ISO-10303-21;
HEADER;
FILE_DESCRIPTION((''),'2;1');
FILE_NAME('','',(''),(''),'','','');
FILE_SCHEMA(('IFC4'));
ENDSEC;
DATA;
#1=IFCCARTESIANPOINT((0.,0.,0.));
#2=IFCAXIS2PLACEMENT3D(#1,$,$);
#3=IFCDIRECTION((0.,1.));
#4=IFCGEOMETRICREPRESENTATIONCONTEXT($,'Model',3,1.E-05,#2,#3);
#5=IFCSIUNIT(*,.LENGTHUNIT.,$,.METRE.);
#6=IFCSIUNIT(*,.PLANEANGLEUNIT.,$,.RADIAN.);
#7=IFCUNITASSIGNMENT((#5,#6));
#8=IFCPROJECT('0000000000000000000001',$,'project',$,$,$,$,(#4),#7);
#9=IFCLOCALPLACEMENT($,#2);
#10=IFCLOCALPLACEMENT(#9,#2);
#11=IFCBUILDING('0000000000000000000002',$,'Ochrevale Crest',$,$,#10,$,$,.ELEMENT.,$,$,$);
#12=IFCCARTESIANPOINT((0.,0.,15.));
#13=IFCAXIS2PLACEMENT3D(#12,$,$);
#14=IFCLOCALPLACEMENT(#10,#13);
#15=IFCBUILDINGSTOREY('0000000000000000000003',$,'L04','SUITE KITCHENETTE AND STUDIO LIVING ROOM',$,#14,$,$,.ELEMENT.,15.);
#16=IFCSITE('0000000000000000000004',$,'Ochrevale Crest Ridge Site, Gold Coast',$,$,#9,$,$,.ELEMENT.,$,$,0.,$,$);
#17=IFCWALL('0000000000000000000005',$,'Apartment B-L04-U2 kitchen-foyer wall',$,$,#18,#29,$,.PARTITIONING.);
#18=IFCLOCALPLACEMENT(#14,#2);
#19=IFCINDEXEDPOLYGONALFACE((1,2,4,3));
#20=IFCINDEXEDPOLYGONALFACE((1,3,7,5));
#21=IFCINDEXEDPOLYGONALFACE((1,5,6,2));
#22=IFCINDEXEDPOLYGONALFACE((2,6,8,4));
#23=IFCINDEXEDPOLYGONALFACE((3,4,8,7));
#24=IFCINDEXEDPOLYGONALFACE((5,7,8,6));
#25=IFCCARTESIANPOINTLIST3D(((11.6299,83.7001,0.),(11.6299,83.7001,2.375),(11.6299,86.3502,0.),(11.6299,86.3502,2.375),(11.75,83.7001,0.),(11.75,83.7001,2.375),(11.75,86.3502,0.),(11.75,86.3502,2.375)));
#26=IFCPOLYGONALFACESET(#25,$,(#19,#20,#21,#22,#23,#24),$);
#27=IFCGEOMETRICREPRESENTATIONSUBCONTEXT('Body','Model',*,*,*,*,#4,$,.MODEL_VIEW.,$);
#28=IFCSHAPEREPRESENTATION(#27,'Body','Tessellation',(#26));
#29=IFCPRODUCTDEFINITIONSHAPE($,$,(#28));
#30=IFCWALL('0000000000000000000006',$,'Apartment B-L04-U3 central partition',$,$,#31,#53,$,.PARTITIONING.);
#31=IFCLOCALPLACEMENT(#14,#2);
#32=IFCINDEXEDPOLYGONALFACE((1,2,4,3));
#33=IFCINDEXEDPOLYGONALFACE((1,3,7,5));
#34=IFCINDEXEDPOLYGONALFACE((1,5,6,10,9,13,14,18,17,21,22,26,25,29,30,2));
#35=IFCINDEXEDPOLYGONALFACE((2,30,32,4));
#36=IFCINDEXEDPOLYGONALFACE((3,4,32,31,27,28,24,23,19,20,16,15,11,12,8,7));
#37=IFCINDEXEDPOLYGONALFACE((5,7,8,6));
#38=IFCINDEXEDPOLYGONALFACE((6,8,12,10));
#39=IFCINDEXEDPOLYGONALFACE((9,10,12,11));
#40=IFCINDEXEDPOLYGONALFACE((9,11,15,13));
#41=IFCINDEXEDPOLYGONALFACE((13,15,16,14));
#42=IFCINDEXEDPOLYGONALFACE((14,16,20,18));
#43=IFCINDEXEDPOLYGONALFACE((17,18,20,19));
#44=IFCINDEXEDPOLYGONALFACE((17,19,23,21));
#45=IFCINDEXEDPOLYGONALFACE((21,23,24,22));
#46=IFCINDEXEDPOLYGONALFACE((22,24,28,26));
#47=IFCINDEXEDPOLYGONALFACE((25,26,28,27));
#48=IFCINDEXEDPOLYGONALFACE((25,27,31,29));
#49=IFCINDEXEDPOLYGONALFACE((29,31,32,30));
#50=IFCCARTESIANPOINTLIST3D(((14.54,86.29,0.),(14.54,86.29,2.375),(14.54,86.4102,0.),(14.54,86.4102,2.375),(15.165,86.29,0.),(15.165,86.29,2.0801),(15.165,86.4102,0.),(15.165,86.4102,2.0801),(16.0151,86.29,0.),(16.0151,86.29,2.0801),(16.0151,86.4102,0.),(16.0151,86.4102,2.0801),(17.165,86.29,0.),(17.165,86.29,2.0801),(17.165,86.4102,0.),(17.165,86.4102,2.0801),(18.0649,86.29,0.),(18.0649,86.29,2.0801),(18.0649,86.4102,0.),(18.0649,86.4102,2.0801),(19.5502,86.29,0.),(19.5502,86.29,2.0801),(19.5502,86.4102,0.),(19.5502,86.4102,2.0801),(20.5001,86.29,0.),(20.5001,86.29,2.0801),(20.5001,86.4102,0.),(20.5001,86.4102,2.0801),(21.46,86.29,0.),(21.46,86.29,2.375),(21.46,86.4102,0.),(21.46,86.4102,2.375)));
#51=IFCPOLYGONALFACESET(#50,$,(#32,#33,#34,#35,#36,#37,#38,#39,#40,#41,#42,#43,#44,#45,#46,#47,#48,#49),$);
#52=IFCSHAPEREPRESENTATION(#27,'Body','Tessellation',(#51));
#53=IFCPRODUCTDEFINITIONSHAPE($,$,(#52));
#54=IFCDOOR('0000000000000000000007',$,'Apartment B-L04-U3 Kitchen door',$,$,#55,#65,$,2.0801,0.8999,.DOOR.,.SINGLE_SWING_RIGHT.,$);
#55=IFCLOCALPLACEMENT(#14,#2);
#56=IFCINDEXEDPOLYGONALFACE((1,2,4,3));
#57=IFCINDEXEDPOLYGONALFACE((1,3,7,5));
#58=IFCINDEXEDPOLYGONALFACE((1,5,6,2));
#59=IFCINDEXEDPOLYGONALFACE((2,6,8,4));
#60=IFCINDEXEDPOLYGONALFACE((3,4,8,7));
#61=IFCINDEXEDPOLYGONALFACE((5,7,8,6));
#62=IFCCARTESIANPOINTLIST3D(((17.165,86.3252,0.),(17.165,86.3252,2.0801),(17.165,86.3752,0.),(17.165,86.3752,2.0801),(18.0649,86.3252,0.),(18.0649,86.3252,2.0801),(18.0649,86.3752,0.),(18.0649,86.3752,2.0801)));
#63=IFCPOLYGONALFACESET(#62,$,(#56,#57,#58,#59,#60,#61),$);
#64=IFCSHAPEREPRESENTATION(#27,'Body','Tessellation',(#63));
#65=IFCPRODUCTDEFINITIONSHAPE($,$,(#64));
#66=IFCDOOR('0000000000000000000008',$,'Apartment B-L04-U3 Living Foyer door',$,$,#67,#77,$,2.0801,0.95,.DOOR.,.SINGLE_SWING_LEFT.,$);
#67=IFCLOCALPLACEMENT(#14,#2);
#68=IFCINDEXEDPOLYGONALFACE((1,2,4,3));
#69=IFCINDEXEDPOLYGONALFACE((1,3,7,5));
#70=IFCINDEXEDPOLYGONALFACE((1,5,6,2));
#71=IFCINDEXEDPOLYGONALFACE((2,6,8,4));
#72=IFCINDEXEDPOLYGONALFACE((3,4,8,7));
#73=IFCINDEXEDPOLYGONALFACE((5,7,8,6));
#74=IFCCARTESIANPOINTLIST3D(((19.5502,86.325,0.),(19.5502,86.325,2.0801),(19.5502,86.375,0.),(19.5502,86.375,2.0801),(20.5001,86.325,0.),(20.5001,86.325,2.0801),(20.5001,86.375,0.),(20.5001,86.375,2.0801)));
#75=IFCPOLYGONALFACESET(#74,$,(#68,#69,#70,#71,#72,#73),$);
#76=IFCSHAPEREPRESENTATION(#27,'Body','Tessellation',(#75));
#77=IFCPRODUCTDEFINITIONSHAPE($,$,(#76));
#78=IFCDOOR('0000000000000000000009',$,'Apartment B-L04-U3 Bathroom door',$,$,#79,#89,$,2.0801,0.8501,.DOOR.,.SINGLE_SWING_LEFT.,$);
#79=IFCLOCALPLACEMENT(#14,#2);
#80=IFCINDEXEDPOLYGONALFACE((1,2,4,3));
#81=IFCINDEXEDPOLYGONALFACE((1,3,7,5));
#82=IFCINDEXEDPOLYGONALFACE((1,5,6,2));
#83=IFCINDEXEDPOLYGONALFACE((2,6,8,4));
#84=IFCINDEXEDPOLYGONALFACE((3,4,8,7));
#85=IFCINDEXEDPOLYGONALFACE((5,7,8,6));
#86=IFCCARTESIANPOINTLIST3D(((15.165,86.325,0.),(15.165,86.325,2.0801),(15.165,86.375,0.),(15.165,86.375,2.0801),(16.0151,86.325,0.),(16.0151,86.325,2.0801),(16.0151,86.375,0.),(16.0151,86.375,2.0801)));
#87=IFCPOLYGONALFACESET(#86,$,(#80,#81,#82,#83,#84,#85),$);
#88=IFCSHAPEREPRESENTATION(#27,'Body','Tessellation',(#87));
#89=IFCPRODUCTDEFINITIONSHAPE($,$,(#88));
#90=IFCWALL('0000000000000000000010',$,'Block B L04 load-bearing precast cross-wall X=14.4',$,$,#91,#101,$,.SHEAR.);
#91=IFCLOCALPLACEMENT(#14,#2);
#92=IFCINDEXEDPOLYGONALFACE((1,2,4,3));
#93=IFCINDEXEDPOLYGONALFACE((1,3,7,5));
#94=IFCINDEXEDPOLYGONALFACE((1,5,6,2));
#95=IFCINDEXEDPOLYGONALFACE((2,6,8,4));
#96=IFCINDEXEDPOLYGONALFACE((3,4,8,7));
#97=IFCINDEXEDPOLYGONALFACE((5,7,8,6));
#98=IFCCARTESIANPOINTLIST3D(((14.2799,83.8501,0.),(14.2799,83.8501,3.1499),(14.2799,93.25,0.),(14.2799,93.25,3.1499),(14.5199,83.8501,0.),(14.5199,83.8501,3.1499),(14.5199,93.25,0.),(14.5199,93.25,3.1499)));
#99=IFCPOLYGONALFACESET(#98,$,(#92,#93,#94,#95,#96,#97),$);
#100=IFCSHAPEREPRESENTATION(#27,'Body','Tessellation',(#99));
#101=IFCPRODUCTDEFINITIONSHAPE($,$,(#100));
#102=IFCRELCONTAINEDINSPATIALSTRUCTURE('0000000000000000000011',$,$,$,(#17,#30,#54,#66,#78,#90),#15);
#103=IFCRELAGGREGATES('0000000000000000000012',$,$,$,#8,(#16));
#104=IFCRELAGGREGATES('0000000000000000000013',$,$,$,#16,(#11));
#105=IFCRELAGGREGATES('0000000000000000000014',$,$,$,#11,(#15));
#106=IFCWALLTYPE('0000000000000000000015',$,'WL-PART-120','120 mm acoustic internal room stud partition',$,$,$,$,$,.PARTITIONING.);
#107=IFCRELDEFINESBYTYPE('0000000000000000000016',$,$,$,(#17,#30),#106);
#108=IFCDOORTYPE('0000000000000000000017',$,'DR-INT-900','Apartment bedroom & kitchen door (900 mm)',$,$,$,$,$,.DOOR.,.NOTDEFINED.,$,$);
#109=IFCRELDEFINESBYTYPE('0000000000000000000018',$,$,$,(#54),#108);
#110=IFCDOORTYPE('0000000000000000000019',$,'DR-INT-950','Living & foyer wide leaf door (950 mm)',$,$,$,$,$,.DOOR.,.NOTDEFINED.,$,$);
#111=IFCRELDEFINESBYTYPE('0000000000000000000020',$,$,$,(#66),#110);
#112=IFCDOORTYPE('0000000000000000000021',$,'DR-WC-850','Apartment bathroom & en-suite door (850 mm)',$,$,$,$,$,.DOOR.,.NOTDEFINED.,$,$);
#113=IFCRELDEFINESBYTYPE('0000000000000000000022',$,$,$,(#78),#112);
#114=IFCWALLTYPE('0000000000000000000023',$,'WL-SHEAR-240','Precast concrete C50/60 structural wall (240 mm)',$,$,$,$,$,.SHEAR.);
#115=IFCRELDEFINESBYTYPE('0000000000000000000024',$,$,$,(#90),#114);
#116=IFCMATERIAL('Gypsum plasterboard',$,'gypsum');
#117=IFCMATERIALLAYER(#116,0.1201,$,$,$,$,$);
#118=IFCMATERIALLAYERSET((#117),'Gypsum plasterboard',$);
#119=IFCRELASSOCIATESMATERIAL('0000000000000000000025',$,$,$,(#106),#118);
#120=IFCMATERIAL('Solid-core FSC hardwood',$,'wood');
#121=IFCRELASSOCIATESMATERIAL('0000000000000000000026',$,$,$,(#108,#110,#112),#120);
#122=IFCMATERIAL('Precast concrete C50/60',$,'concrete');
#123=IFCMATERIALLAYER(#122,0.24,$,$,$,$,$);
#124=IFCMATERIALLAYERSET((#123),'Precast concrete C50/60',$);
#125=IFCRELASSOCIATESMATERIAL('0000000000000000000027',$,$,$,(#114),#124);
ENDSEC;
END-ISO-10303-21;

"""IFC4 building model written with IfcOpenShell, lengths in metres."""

from ifc_helpers import new_model, si_unit, direction, frame, frame_2d, origin, place, context, subcontext, project, spatial, rectangle, extrude, material, layer, layer_set, type_object, element, fill, save


model = new_model("IFC4")

# Units and contexts
model_context = context("Model", 3, precision=1e-05, world=origin(), true_north=direction((0.0, 1.0)))
body_context = subcontext(model_context, "Body", "Model", "MODEL_VIEW")
ifc_project = project(units=[si_unit("LENGTHUNIT", "METRE"), si_unit("PLANEANGLEUNIT", "RADIAN")], contexts=[model_context])

# Site, building, storey
site_placement = place(None, origin())
site = spatial("IfcSite", under=ifc_project, at=site_placement, Name="Ochrevale Crest Ridge Site, Gold Coast", CompositionType="ELEMENT", RefElevation=0.0)
building_placement = place(site_placement, origin())
building = spatial("IfcBuilding", under=site, at=building_placement, Name="Ochrevale Crest", CompositionType="ELEMENT")
storey_placement = place(building_placement, frame((0.0, 0.0, 15.0)))
storey = spatial("IfcBuildingStorey", under=building, at=storey_placement, Name="L04", Description="SUITE KITCHENETTE AND STUDIO LIVING ROOM", CompositionType="ELEMENT", Elevation=15.0)

# Shared definitions
ifc_material_1 = material(Name="Precast concrete C50/60", Category="concrete")

# Shared definitions
ifc_material_2 = material(Name="Gypsum plasterboard", Category="gypsum")
ifc_material_3 = material(Name="Solid-core FSC hardwood", Category="wood")

# Wall
ifc_layer_1 = layer(ifc_material_2, 0.1201)
ifc_layer_set_1 = layer_set([ifc_layer_1], Name="Gypsum plasterboard")
wall_type_1 = type_object("IfcWallType", Name="WL-PART-120", Description="120 mm acoustic internal room stud partition", PredefinedType="PARTITIONING", material=ifc_layer_set_1)
wall_1_placement = place(storey_placement, frame((11.6899, 83.7, 0.0), z_axis=(0.0, 0.0, 1.0), x_axis=(0.0, 1.0, 0.0)))
element("IfcWall", 1, at=wall_1_placement, inside=storey, type_object=wall_type_1, Name="Apartment B-L04-U2 kitchen-foyer wall", PredefinedType="PARTITIONING", context=body_context, shape_type="SweptSolid", body=[
    extrude(rectangle(XDim=2.6501, YDim=0.1201, at=frame_2d((1.3252, 0.0))), origin(), (0.0, 0.0, 1.0), 2.375),
])

# Wall, openings, doors
wall_2_placement = place(storey_placement, frame((14.54, 86.3501, 0.0), z_axis=(0.0, 0.0, 1.0), x_axis=(1.0, 0.0, 0.0)))
wall_2 = element("IfcWall", 2, at=wall_2_placement, inside=storey, type_object=wall_type_1, Name="Apartment B-L04-U3 central partition", PredefinedType="PARTITIONING", context=body_context, shape_type="SweptSolid", body=[
    extrude(rectangle(XDim=6.9199, YDim=0.1201, at=frame_2d((3.46, 0.0))), origin(), (0.0, 0.0, 1.0), 2.375),
])
opening_1_placement = place(wall_2_placement, frame((0.625, 0.0, 0.0)))
opening_1 = element("IfcOpeningElement", 3, at=opening_1_placement, cuts=wall_2, PredefinedType="OPENING", context=body_context, shape_type="SweptSolid", body=[
    extrude(rectangle(XDim=0.8501, YDim=2.0801, at=frame_2d((0.425, 1.04))), frame((0.0, 0.0701, 0.0), z_axis=(0.0, -1.0, 0.0), x_axis=(1.0, 0.0, 0.0)), (0.0, 0.0, 1.0), 0.1401),
])
opening_2_placement = place(wall_2_placement, frame((3.5249, 0.0, 0.0), z_axis=(0.0, 0.0, 1.0), x_axis=(-1.0, 0.0, 0.0)))
opening_2 = element("IfcOpeningElement", 4, at=opening_2_placement, cuts=wall_2, PredefinedType="OPENING", context=body_context, shape_type="SweptSolid", body=[
    extrude(rectangle(XDim=0.8999, YDim=2.0801, at=frame_2d((0.45, 1.04))), frame((0.0, 0.0701, 0.0), z_axis=(0.0, -1.0, 0.0), x_axis=(1.0, 0.0, 0.0)), (0.0, 0.0, 1.0), 0.1401),
])
opening_3_placement = place(wall_2_placement, frame((5.01, 0.0, 0.0)))
opening_3 = element("IfcOpeningElement", 5, at=opening_3_placement, cuts=wall_2, PredefinedType="OPENING", context=body_context, shape_type="SweptSolid", body=[
    extrude(rectangle(XDim=0.95, YDim=2.0801, at=frame_2d((0.4751, 1.04))), frame((0.0, 0.0701, 0.0), z_axis=(0.0, -1.0, 0.0), x_axis=(1.0, 0.0, 0.0)), (0.0, 0.0, 1.0), 0.1401),
])
door_type_1 = type_object("IfcDoorType", Name="DR-INT-900", Description="Apartment bedroom & kitchen door (900 mm)", OperationType="NOTDEFINED", PredefinedType="DOOR", material=ifc_material_3)
door_1_placement = place(opening_2_placement, origin())
door_1 = element("IfcDoor", 6, at=door_1_placement, inside=storey, type_object=door_type_1, Name="Apartment B-L04-U3 Kitchen door", OperationType="SINGLE_SWING_RIGHT", OverallHeight=2.0801, OverallWidth=0.8999, PredefinedType="DOOR", context=body_context, shape_type="SweptSolid", body=[
    extrude(rectangle(XDim=0.8999, YDim=2.0801, at=frame_2d((0.45, 1.04))), frame((0.0, 0.0249, 0.0), z_axis=(0.0, -1.0, 0.0), x_axis=(1.0, 0.0, 0.0)), (0.0, 0.0, 1.0), 0.05),
])
fill(opening_2, door_1)
door_type_2 = type_object("IfcDoorType", Name="DR-INT-950", Description="Living & foyer wide leaf door (950 mm)", OperationType="NOTDEFINED", PredefinedType="DOOR", material=ifc_material_3)
door_2_placement = place(opening_3_placement, origin())
door_2 = element("IfcDoor", 7, at=door_2_placement, inside=storey, type_object=door_type_2, Name="Apartment B-L04-U3 Living Foyer door", OperationType="SINGLE_SWING_LEFT", OverallHeight=2.0801, OverallWidth=0.95, PredefinedType="DOOR", context=body_context, shape_type="SweptSolid", body=[
    extrude(rectangle(XDim=0.95, YDim=2.0801, at=frame_2d((0.4751, 1.04))), frame((0.0, 0.0249, 0.0), z_axis=(0.0, -1.0, 0.0), x_axis=(1.0, 0.0, 0.0)), (0.0, 0.0, 1.0), 0.05),
])
fill(opening_3, door_2)
door_type_3 = type_object("IfcDoorType", Name="DR-WC-850", Description="Apartment bathroom & en-suite door (850 mm)", OperationType="NOTDEFINED", PredefinedType="DOOR", material=ifc_material_3)
door_3_placement = place(opening_1_placement, origin())
door_3 = element("IfcDoor", 8, at=door_3_placement, inside=storey, type_object=door_type_3, Name="Apartment B-L04-U3 Bathroom door", OperationType="SINGLE_SWING_LEFT", OverallHeight=2.0801, OverallWidth=0.8501, PredefinedType="DOOR", context=body_context, shape_type="SweptSolid", body=[
    extrude(rectangle(XDim=0.8501, YDim=2.0801, at=frame_2d((0.425, 1.04))), frame((0.0, 0.0249, 0.0), z_axis=(0.0, -1.0, 0.0), x_axis=(1.0, 0.0, 0.0)), (0.0, 0.0, 1.0), 0.05),
])
fill(opening_1, door_3)

# Wall
ifc_layer_2 = layer(ifc_material_1, 0.24)
ifc_layer_set_2 = layer_set([ifc_layer_2], Name="Precast concrete C50/60")
wall_type_2 = type_object("IfcWallType", Name="WL-SHEAR-240", Description="Precast concrete C50/60 structural wall (240 mm)", PredefinedType="SHEAR", material=ifc_layer_set_2)
wall_3_placement = place(storey_placement, frame((14.3999, 83.8501, 0.0), z_axis=(0.0, 0.0, 1.0), x_axis=(0.0, 1.0, 0.0)))
element("IfcWall", 9, at=wall_3_placement, inside=storey, type_object=wall_type_2, Name="Block B L04 load-bearing precast cross-wall X=14.4", PredefinedType="SHEAR", context=body_context, shape_type="SweptSolid", body=[
    extrude(rectangle(XDim=9.3999, YDim=0.24, at=frame_2d((4.7, 0.0))), origin(), (0.0, 0.0, 1.0), 3.1499),
])

save(model, "model.ifc")
